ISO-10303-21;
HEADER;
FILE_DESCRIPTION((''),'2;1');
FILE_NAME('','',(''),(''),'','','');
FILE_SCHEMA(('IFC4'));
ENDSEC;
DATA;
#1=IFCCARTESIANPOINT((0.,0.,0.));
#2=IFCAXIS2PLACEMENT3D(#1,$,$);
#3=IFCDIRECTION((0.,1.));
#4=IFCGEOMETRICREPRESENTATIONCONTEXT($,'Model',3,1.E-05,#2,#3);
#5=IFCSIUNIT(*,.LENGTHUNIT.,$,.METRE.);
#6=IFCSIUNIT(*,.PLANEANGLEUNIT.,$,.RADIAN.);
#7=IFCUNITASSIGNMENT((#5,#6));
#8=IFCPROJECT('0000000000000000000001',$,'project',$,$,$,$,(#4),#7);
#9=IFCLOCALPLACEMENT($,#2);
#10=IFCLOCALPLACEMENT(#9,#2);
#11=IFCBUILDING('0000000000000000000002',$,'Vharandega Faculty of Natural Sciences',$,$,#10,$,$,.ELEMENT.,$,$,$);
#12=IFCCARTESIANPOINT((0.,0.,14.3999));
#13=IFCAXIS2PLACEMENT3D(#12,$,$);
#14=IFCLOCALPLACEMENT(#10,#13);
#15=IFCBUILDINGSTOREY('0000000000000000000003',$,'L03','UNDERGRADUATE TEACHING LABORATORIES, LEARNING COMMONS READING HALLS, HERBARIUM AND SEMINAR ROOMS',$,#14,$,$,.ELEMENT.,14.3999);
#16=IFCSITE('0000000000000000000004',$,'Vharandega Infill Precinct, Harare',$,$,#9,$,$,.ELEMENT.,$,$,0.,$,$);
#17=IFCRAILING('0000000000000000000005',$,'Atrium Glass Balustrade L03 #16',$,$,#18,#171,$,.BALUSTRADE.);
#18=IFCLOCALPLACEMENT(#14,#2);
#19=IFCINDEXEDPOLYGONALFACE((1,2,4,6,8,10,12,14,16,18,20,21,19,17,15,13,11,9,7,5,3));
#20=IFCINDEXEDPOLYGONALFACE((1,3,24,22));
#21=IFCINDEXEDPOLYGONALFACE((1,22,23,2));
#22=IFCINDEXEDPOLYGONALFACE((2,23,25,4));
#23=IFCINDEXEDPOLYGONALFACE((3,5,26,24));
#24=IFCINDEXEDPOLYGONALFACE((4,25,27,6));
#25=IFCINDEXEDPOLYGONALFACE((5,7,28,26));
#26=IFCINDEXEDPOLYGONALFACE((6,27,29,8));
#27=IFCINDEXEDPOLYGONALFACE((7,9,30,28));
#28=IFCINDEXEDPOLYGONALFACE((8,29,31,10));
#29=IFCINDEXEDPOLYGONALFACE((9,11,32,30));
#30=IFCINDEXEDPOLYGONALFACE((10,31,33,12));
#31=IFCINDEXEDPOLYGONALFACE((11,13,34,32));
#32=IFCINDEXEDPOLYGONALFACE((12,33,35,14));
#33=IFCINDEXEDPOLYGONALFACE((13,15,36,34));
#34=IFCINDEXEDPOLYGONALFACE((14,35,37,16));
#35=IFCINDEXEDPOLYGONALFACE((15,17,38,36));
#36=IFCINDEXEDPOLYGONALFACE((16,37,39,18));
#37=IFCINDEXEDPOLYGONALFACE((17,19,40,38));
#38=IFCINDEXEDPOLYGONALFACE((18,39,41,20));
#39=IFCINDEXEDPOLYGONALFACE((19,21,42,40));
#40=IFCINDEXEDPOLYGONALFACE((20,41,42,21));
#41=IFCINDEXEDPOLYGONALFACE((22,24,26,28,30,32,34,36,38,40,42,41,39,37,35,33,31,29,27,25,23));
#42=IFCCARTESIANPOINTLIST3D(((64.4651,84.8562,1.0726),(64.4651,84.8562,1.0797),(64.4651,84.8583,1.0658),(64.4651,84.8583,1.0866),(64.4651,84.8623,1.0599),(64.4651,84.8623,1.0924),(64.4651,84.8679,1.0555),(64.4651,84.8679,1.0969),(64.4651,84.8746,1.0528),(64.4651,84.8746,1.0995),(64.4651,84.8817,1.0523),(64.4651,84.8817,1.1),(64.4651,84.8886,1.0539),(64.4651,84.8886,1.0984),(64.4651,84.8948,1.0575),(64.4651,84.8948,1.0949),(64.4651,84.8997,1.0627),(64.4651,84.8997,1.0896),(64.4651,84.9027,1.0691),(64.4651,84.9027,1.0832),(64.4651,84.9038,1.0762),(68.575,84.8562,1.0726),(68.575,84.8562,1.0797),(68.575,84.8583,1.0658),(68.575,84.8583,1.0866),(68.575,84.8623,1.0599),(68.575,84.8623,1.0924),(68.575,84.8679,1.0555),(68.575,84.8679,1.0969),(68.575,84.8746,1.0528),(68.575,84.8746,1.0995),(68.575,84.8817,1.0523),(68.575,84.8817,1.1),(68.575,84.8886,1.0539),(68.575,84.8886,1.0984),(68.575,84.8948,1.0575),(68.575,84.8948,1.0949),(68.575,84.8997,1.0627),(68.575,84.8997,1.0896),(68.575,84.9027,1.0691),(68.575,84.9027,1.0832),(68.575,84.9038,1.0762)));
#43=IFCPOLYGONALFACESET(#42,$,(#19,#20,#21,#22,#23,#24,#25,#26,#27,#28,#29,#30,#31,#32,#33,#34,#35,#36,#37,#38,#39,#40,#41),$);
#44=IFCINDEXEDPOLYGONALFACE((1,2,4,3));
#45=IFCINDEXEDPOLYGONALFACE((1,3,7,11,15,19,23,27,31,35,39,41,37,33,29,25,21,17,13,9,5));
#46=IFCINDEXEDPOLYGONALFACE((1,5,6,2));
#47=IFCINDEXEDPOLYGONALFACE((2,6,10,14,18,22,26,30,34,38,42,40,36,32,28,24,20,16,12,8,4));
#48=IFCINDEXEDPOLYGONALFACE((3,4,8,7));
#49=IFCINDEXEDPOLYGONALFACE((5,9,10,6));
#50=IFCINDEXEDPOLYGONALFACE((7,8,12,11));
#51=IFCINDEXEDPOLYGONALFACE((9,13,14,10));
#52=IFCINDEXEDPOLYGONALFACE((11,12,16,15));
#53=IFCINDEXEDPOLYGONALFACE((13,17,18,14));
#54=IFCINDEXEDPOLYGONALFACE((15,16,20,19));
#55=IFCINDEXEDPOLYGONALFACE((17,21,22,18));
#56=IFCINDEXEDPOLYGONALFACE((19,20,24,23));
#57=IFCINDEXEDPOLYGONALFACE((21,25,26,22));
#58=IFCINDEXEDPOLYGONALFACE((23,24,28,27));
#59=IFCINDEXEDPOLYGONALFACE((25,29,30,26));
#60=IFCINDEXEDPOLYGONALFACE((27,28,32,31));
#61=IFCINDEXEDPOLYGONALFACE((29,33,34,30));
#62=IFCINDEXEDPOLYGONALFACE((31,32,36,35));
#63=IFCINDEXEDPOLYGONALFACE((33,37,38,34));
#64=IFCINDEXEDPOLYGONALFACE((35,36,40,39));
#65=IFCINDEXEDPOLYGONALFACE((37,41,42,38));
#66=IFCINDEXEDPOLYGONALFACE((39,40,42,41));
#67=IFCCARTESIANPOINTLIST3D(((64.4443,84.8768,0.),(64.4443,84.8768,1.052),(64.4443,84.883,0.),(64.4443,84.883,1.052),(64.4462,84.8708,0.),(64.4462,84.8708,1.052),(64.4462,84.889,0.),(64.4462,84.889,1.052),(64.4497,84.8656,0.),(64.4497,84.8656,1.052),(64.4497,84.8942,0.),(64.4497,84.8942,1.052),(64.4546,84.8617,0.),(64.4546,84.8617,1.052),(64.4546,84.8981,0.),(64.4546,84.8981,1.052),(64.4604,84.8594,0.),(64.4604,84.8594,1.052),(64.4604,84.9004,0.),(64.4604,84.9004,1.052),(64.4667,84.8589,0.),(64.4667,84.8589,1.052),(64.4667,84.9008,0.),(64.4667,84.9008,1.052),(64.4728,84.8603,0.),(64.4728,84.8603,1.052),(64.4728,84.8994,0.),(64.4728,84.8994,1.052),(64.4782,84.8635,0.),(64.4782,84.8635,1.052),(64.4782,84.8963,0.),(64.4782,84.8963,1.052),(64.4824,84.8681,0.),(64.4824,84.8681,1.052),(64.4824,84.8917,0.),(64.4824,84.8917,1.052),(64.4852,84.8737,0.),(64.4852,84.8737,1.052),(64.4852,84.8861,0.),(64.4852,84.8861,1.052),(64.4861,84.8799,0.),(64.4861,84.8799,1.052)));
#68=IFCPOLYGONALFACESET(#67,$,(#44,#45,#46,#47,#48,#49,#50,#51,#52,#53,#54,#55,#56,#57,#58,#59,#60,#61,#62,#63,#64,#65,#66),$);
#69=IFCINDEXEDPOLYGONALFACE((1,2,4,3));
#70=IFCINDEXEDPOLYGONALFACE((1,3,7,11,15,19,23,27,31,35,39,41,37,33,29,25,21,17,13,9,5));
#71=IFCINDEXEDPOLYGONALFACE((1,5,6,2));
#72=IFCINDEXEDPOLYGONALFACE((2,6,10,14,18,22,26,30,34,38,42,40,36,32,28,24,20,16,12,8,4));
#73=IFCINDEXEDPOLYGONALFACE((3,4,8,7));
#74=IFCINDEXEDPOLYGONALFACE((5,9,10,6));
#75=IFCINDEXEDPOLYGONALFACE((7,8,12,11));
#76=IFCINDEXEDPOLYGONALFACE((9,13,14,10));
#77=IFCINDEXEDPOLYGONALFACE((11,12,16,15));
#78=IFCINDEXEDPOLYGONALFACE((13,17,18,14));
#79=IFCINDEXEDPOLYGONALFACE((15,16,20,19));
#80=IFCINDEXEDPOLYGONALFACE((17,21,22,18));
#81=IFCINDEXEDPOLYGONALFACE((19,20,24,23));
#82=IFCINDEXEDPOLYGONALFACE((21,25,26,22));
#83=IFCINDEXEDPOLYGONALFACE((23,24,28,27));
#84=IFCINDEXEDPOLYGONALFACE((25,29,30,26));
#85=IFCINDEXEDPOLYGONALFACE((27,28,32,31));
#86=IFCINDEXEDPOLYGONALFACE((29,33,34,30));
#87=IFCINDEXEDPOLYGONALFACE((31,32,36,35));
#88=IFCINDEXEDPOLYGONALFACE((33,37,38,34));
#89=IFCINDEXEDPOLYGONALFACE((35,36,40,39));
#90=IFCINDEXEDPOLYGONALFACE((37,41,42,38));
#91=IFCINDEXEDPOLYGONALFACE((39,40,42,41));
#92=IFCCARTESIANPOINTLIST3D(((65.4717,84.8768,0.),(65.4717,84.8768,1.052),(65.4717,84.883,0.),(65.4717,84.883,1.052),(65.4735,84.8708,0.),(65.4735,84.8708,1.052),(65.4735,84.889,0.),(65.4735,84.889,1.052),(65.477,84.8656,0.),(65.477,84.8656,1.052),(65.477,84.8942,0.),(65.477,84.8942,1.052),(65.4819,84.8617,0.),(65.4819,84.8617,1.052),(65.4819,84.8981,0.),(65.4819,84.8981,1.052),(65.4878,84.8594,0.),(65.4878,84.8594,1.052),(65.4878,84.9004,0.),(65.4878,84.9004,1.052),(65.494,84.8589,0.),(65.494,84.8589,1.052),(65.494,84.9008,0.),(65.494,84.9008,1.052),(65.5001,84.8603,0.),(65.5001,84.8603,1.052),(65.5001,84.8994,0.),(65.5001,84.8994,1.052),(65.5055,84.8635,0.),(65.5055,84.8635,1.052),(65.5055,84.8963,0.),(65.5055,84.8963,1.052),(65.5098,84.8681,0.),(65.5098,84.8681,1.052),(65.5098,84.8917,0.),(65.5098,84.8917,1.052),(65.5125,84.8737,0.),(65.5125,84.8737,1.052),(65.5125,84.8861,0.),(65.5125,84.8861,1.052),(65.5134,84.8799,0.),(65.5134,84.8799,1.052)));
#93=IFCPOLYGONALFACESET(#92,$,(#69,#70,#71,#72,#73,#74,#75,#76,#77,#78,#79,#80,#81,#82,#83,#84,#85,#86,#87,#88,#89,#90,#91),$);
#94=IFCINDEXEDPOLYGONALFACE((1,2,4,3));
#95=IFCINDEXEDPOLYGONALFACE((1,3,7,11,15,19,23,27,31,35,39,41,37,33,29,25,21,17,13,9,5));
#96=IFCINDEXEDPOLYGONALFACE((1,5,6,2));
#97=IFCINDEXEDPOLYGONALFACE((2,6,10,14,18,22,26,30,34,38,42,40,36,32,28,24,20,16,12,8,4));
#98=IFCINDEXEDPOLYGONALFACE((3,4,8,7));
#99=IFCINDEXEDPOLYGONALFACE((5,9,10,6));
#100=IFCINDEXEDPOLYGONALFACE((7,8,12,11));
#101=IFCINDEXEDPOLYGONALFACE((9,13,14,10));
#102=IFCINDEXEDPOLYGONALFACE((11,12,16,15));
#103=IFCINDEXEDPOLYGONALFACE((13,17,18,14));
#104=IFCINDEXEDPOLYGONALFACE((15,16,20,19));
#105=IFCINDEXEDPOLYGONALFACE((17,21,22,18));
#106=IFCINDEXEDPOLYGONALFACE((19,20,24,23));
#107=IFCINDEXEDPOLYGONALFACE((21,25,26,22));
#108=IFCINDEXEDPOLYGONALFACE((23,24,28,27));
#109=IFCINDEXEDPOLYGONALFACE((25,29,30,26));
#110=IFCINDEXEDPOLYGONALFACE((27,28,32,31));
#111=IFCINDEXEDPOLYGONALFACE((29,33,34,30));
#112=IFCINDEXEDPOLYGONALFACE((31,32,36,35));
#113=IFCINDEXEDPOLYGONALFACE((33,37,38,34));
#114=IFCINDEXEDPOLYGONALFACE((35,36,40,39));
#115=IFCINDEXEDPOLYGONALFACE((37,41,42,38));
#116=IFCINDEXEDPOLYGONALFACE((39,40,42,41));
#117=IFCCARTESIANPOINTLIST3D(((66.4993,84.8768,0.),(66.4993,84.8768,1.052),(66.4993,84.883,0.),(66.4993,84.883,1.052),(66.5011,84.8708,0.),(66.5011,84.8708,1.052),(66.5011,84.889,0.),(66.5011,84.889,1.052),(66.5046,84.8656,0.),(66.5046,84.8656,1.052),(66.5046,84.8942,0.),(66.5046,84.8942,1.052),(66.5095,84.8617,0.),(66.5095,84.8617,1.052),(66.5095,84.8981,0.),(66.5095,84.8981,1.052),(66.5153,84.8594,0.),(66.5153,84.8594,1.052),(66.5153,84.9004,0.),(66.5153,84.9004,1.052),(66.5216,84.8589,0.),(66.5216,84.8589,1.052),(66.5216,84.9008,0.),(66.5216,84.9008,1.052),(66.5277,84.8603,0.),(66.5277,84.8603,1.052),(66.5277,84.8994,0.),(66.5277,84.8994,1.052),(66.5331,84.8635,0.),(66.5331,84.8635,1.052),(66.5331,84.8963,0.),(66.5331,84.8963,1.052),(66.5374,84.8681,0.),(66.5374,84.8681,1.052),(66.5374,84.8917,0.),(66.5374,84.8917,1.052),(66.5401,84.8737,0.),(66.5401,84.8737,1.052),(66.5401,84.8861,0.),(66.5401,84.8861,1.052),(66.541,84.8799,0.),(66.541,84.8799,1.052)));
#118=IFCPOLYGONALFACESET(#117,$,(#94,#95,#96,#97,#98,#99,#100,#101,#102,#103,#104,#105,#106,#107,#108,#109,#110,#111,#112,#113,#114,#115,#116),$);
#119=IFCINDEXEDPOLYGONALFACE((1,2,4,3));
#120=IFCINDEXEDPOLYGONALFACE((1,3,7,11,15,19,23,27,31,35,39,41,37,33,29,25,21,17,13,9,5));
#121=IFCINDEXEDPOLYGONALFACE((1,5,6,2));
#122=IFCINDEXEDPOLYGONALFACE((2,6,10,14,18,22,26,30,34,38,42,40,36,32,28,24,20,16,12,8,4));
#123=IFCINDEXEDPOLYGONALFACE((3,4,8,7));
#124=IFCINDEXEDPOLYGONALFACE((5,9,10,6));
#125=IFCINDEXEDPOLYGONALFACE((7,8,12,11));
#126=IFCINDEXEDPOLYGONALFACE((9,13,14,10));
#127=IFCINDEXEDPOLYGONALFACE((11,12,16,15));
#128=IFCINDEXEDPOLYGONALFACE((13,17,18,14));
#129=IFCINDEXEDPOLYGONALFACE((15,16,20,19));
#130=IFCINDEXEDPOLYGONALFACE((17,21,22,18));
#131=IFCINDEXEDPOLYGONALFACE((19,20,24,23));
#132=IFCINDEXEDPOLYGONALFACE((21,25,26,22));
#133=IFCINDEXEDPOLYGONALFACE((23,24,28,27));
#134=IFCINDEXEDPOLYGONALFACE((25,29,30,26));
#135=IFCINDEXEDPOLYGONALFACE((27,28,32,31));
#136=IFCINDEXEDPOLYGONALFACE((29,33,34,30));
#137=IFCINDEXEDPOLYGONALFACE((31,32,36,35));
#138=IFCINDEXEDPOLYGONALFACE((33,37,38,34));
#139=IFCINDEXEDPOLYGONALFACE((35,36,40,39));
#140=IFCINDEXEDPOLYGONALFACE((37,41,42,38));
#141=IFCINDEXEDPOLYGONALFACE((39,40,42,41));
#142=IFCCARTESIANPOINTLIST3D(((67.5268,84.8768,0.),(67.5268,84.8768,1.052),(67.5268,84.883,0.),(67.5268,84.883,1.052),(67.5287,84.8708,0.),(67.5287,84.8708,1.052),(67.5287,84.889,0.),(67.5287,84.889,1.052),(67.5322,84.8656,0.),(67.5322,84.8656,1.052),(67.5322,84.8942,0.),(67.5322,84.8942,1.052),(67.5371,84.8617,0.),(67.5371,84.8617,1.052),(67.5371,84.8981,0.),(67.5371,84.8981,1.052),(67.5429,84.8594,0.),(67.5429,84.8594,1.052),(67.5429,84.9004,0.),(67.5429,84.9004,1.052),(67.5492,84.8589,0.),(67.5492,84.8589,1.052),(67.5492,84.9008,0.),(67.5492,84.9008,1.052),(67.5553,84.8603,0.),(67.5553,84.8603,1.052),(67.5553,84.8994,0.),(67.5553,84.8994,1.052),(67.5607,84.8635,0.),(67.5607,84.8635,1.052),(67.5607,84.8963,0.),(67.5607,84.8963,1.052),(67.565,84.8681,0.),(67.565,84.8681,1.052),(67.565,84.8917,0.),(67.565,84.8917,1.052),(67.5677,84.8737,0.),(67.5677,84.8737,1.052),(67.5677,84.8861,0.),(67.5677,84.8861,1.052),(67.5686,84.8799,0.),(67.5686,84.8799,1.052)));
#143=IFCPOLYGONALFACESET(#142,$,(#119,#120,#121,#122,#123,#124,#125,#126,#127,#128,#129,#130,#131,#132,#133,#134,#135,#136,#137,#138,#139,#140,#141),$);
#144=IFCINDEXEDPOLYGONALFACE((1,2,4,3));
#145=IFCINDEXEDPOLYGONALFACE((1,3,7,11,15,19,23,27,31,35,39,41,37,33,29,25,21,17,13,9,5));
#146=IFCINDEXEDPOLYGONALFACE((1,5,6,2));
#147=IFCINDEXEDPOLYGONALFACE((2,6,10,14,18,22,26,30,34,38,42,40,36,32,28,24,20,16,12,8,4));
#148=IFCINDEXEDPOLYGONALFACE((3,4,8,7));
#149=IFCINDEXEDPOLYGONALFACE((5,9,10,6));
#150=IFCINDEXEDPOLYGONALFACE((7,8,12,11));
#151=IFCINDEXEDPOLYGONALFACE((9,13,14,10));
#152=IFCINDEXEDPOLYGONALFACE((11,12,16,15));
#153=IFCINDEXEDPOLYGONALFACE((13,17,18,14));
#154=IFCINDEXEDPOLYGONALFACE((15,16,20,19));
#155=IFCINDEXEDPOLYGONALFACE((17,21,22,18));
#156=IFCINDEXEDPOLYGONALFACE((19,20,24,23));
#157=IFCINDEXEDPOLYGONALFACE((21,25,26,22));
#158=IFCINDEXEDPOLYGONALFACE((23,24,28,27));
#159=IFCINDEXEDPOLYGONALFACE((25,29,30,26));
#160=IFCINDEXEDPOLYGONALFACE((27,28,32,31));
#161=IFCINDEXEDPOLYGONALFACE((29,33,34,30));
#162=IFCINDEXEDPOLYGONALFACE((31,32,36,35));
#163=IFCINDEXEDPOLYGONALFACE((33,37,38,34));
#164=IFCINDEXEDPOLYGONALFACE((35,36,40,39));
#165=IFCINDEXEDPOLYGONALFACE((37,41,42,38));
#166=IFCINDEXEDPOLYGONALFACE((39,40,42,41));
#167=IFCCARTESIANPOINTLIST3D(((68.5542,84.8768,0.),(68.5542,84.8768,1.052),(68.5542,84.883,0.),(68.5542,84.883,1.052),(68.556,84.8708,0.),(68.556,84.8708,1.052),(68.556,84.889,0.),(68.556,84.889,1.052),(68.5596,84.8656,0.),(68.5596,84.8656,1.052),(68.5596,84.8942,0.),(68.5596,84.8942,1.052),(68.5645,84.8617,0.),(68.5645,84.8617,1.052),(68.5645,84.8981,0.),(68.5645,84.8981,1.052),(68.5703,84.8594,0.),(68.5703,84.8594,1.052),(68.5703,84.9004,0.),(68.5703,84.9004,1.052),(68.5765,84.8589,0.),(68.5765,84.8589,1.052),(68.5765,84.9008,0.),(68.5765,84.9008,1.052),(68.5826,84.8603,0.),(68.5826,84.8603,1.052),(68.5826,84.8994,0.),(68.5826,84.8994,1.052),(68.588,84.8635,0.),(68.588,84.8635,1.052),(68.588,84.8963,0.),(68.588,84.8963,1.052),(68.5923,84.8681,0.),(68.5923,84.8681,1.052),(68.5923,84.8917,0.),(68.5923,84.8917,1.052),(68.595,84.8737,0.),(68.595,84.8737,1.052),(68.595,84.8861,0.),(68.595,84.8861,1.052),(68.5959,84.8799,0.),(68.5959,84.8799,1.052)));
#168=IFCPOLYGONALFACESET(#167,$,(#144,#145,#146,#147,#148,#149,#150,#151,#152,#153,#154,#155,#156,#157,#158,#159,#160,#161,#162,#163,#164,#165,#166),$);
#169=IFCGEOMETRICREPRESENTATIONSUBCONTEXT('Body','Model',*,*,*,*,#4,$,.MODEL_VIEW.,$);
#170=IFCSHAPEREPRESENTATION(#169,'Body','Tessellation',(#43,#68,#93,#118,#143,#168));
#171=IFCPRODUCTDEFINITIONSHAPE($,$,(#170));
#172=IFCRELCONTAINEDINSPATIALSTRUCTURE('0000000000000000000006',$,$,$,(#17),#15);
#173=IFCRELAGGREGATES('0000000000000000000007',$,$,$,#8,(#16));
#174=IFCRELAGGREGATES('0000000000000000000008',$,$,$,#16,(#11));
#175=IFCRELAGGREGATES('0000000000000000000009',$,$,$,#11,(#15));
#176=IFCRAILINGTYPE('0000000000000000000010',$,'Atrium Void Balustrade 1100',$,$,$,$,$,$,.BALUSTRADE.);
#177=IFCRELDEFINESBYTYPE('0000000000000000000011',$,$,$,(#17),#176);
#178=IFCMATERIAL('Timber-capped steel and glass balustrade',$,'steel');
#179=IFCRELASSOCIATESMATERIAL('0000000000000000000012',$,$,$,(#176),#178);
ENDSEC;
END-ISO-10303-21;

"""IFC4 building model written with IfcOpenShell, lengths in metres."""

from ifc_helpers import new_model, si_unit, direction, frame, origin, origin_2d, place, context, subcontext, project, spatial, circle, extrude, material, type_object, element, save


model = new_model("IFC4")

# Units and contexts
model_context = context("Model", 3, precision=1e-05, world=origin(), true_north=direction((0.0, 1.0)))
body_context = subcontext(model_context, "Body", "Model", "MODEL_VIEW")
ifc_project = project(units=[si_unit("LENGTHUNIT", "METRE"), si_unit("PLANEANGLEUNIT", "RADIAN")], contexts=[model_context])

# Site, building, storey
site_placement = place(None, origin())
site = spatial("IfcSite", under=ifc_project, at=site_placement, Name="Vharandega Infill Precinct, Harare", CompositionType="ELEMENT", RefElevation=0.0)
building_placement = place(site_placement, origin())
building = spatial("IfcBuilding", under=site, at=building_placement, Name="Vharandega Faculty of Natural Sciences", CompositionType="ELEMENT")
storey_placement = place(building_placement, frame((0.0, 0.0, 14.3999)))
storey = spatial("IfcBuildingStorey", under=building, at=storey_placement, Name="L03", Description="UNDERGRADUATE TEACHING LABORATORIES, LEARNING COMMONS READING HALLS, HERBARIUM AND SEMINAR ROOMS", CompositionType="ELEMENT", Elevation=14.3999)

# Railing
ifc_material_1 = material(Name="Timber-capped steel and glass balustrade", Category="steel")
railing_type = type_object("IfcRailingType", Name="Atrium Void Balustrade 1100", PredefinedType="BALUSTRADE", material=ifc_material_1)
for number, where, name in (
    (1, (64.4651, 84.8799, 0.0), "Atrium Glass Balustrade L03 #16"),
):
    element("IfcRailing", number, at=place(storey_placement, frame(where)), inside=storey, type_object=railing_type, Name=name, PredefinedType="BALUSTRADE", context=body_context, shape_type="SweptSolid", body=[
        extrude(circle(Radius=0.0239, at=origin_2d()), frame((0.0, 0.0, 1.0762), z_axis=(1.0, 0.0, 0.0), x_axis=(0.0, 1.0, 0.0)), (0.0, 0.0, 1.0), 4.1099),
        extrude(circle(Radius=0.021, at=origin_2d()), origin(), (0.0, 0.0, 1.0), 1.052),
        extrude(circle(Radius=0.021, at=origin_2d()), frame((1.0273, 0.0, 0.0)), (0.0, 0.0, 1.0), 1.052),
        extrude(circle(Radius=0.021, at=origin_2d()), frame((2.0549, 0.0, 0.0)), (0.0, 0.0, 1.0), 1.052),
        extrude(circle(Radius=0.021, at=origin_2d()), frame((3.0825, 0.0, 0.0)), (0.0, 0.0, 1.0), 1.052),
        extrude(circle(Radius=0.021, at=origin_2d()), frame((4.1099, 0.0, 0.0)), (0.0, 0.0, 1.0), 1.052),
    ])

save(model, "model.ifc")
